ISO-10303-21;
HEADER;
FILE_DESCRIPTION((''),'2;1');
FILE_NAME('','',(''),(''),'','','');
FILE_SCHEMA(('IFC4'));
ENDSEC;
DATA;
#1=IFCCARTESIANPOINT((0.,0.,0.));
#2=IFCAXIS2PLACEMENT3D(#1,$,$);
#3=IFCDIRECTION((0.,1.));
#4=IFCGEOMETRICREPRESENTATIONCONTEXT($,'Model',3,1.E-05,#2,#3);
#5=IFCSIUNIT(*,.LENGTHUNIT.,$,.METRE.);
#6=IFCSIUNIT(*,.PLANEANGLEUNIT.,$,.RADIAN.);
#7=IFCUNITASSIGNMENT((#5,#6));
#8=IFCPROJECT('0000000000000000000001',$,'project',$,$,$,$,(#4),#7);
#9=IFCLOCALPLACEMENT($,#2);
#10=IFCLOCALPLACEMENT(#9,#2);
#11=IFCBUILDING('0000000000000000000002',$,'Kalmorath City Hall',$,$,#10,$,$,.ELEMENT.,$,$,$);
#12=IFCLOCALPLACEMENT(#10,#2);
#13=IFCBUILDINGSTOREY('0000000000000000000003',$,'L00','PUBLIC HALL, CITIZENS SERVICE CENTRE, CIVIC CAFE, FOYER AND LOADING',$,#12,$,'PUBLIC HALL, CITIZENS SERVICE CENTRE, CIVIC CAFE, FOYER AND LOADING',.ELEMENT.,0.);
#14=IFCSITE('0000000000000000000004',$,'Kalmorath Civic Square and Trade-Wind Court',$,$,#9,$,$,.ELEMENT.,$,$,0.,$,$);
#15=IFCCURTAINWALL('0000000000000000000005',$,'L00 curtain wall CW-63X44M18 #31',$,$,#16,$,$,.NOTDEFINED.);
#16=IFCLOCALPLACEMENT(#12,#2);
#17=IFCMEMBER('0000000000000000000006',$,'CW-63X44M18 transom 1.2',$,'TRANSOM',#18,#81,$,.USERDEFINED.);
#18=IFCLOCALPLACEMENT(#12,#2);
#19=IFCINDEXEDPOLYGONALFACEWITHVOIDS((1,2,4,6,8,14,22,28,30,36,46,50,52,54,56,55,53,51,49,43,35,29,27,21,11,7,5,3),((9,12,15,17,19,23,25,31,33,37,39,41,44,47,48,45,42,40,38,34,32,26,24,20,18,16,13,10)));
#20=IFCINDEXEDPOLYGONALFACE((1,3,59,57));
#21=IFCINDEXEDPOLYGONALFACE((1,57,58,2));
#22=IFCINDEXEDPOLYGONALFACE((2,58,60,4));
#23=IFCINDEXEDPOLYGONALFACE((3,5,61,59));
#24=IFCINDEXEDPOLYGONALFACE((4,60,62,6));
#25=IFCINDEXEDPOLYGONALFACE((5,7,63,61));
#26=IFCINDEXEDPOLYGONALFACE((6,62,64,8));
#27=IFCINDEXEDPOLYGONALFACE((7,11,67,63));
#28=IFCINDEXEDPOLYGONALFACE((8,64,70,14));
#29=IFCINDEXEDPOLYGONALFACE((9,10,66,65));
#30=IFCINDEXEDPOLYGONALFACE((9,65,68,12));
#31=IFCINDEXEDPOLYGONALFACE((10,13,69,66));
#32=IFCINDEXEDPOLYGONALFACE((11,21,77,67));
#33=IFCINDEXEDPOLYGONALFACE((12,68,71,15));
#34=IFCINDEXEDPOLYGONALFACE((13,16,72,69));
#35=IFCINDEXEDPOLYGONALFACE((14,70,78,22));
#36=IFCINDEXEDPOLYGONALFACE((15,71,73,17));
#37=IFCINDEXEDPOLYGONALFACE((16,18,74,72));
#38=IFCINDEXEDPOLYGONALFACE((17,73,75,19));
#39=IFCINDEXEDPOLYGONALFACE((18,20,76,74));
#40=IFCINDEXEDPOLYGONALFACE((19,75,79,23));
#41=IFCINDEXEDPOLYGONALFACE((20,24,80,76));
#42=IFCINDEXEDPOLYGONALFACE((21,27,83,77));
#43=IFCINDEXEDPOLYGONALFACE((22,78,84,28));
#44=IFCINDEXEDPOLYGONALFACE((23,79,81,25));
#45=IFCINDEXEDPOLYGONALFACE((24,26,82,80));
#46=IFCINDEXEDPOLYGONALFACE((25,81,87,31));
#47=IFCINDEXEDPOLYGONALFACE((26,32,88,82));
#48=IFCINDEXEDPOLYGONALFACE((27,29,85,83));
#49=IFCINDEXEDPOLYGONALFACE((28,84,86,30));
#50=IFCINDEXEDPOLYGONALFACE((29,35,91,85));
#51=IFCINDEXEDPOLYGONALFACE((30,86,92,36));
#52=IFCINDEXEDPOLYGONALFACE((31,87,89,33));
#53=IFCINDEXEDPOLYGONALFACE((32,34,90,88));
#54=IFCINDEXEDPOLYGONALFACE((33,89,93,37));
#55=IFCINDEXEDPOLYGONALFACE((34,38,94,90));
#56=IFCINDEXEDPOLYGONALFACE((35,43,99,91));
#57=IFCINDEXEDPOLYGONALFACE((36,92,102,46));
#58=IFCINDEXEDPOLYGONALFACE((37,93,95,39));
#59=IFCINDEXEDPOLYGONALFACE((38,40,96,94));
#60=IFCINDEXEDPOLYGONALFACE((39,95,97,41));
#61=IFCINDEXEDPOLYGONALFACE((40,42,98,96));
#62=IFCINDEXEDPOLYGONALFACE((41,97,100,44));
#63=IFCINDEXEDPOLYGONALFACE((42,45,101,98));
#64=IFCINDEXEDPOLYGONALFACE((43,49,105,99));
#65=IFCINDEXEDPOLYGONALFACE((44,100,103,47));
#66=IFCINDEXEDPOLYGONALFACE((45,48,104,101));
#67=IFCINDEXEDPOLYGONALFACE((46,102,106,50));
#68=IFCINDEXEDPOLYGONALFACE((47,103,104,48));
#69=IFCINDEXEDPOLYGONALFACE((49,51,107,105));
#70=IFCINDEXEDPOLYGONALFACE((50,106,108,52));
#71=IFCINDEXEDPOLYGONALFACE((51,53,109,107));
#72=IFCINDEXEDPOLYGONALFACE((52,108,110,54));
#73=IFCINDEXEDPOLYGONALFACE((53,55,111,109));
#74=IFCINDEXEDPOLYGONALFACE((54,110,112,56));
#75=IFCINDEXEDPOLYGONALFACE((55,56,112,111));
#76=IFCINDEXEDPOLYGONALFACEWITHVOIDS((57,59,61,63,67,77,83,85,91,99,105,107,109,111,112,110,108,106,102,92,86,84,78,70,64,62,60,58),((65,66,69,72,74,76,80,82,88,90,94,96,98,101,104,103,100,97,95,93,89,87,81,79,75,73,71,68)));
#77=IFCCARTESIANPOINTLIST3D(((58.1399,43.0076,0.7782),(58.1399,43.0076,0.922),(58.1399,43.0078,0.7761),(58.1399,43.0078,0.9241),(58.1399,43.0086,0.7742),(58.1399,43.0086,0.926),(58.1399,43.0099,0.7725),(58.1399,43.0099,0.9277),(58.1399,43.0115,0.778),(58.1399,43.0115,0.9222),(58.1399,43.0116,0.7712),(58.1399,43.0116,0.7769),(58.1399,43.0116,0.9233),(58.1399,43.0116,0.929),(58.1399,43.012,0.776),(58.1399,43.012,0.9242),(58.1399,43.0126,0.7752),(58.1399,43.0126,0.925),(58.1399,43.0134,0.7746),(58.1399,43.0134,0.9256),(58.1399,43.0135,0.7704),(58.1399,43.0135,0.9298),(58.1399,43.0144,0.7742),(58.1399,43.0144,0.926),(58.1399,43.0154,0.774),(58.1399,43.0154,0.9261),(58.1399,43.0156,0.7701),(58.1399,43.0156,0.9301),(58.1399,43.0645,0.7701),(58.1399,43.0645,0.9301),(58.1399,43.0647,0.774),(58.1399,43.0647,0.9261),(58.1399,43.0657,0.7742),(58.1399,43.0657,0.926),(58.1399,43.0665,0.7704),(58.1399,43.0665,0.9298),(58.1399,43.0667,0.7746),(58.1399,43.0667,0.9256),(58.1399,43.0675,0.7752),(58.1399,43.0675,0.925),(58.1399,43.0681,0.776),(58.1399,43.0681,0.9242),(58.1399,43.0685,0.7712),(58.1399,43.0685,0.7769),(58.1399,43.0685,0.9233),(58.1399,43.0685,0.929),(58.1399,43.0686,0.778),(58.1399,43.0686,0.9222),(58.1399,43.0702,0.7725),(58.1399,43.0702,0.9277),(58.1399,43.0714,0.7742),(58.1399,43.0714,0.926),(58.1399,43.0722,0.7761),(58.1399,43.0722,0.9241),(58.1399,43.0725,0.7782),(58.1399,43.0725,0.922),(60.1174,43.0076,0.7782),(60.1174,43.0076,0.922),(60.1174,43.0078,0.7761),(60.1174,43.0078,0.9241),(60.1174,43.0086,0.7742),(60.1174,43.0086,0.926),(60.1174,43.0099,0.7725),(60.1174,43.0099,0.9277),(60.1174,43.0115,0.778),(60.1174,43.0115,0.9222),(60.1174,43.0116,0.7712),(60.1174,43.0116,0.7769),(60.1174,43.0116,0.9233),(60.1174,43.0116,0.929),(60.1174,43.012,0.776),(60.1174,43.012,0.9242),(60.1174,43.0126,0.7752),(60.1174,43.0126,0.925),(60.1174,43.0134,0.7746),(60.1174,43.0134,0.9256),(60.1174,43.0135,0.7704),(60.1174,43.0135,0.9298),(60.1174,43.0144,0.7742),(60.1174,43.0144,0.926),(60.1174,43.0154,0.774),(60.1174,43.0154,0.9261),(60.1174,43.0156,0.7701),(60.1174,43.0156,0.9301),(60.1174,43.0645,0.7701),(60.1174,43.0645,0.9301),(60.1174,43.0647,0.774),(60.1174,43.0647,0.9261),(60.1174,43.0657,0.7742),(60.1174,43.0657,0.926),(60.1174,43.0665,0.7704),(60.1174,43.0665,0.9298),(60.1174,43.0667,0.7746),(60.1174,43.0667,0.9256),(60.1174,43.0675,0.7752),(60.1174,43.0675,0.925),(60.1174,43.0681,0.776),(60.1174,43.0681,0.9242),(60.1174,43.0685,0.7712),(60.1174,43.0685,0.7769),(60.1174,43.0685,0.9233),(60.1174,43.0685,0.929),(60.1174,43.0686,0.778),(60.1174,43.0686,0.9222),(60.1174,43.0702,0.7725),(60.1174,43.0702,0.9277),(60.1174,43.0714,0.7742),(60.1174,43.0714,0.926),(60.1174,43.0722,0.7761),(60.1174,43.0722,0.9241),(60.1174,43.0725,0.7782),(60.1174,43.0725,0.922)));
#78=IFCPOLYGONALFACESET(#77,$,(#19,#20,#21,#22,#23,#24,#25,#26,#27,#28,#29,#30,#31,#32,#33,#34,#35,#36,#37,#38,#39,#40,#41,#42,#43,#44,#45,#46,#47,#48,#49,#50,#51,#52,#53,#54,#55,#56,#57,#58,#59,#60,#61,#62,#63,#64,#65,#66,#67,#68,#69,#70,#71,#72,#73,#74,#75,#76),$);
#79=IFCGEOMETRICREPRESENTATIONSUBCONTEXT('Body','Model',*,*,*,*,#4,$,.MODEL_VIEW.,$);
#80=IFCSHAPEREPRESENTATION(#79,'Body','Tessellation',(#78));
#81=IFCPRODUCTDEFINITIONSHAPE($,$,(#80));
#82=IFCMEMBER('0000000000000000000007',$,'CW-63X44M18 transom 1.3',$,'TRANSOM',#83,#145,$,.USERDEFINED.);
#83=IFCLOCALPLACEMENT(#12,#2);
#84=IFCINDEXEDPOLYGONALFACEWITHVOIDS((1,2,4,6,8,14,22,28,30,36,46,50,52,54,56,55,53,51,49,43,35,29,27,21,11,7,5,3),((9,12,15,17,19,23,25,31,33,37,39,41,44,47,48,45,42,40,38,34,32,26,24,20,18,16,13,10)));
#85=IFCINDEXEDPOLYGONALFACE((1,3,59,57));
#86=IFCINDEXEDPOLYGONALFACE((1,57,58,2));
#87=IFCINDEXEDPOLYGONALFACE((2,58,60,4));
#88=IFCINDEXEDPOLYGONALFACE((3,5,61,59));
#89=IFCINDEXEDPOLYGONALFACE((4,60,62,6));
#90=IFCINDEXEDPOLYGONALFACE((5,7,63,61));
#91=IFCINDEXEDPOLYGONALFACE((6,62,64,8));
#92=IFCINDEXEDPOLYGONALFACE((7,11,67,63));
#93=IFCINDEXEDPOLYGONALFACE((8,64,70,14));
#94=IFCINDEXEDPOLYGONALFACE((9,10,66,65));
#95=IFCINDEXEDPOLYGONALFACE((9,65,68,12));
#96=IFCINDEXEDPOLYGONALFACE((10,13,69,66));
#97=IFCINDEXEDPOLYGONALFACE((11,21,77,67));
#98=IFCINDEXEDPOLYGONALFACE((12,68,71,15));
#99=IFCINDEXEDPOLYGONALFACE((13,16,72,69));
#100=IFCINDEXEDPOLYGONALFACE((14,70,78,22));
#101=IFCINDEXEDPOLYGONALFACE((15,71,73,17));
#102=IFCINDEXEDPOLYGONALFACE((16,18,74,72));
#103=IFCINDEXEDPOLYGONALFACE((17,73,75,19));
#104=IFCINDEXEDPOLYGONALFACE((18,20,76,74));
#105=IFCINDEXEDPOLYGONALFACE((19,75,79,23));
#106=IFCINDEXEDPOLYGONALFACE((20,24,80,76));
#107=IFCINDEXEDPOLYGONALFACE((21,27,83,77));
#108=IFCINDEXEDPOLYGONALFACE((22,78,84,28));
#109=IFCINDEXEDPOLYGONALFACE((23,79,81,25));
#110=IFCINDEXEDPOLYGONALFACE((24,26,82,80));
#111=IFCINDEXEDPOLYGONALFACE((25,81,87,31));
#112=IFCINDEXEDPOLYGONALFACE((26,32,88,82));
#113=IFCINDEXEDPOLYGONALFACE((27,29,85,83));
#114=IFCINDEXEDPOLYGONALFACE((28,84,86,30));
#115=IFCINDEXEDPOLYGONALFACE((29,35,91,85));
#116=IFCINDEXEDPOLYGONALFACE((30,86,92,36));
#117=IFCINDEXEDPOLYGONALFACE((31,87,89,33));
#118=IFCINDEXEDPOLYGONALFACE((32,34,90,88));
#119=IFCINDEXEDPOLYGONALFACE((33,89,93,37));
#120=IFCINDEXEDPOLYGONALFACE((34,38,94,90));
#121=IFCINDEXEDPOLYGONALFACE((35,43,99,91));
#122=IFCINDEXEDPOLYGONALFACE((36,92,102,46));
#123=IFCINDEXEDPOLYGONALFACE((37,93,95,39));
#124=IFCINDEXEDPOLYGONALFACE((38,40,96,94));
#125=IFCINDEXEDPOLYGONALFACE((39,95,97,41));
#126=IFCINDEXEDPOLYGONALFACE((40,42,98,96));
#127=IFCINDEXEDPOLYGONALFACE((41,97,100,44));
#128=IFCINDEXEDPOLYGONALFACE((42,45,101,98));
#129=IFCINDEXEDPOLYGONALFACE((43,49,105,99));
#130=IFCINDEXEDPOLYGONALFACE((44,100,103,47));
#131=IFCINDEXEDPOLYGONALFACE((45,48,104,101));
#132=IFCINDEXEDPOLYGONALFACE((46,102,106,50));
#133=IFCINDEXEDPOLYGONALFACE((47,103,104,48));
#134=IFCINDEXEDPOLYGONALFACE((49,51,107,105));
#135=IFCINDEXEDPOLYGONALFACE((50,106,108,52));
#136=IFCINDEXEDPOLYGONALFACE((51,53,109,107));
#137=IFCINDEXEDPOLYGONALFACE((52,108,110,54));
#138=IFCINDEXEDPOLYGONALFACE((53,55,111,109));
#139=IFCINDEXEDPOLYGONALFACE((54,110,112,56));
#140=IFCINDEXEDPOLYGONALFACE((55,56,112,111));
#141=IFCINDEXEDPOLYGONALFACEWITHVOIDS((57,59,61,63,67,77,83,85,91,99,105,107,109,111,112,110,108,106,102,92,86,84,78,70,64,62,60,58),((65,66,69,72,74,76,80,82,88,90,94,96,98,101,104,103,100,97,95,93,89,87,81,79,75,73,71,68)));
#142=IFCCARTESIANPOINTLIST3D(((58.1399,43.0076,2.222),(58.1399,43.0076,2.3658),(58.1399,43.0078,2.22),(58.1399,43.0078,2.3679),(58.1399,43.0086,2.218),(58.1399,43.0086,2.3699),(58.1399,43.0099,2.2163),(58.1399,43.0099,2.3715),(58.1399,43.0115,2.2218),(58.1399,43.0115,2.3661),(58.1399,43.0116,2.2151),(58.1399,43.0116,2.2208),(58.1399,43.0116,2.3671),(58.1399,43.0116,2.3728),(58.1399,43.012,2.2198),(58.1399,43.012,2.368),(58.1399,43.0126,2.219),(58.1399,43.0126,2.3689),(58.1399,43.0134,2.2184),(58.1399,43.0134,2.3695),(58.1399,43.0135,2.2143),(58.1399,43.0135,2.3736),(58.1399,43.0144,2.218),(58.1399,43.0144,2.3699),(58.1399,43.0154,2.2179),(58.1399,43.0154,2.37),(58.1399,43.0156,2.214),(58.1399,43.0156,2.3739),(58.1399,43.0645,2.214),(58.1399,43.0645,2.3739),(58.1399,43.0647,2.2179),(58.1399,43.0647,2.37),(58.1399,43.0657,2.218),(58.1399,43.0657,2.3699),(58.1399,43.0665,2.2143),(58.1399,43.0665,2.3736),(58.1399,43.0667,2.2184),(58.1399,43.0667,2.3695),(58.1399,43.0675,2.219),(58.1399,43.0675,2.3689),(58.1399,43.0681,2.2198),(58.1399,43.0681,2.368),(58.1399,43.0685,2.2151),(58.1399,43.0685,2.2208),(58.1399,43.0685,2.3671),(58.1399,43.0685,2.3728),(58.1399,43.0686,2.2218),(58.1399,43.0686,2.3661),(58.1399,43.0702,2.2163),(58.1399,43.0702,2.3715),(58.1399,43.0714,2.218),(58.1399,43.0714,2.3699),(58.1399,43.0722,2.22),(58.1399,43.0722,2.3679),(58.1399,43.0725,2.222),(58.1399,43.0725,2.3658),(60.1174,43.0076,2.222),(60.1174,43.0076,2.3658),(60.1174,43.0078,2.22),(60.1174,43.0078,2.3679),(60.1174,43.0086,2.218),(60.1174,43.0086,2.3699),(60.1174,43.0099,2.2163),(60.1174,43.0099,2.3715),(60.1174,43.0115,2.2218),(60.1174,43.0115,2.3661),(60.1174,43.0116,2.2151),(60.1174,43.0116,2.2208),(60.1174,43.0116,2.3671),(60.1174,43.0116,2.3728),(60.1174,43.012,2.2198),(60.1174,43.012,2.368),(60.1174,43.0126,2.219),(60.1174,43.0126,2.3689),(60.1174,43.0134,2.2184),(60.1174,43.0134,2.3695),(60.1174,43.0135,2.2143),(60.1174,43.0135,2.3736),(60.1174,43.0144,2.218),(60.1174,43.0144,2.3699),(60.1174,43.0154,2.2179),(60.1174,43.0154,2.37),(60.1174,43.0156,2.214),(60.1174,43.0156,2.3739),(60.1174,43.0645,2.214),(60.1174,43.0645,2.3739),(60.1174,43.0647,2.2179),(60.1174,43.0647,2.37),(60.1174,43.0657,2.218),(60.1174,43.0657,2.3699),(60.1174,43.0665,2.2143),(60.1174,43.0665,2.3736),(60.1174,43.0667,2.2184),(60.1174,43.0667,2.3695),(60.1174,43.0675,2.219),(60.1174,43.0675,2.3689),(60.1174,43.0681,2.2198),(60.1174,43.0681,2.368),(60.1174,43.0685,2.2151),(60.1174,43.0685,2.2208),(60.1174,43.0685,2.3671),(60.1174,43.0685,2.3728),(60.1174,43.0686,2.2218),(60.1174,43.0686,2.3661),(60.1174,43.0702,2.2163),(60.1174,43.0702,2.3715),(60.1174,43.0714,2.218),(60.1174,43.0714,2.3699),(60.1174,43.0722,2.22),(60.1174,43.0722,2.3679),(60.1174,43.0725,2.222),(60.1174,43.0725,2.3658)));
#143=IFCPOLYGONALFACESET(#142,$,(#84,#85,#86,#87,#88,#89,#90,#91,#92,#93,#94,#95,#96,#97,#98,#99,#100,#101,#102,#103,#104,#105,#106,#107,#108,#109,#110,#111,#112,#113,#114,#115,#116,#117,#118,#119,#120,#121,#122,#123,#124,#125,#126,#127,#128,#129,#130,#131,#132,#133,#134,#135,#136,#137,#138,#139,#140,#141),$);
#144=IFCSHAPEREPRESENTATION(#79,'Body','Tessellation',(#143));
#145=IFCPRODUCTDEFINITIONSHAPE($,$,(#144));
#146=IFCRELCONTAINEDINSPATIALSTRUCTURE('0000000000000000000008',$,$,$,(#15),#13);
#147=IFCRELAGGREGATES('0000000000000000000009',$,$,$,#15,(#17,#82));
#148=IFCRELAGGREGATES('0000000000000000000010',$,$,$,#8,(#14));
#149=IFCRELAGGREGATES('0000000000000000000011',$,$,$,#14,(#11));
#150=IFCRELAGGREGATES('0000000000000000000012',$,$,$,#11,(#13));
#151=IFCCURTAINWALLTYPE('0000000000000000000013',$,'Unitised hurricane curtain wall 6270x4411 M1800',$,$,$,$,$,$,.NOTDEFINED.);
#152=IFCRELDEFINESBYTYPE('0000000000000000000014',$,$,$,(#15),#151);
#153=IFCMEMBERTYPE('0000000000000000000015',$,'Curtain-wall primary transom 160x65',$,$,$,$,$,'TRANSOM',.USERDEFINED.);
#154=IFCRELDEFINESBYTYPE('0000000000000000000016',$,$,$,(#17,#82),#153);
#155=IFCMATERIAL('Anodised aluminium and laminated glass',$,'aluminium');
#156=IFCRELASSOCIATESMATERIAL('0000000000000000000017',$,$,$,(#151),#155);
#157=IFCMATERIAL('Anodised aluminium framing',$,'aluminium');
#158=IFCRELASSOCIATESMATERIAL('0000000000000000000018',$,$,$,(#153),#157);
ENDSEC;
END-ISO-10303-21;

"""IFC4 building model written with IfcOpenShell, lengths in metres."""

from ifc_helpers import new_model, si_unit, direction, frame, origin, origin_2d, place, context, subcontext, project, spatial, hollow_rectangle, extrude, material, material_profile, profile_set, type_object, element, aggregate, save


model = new_model("IFC4")

# Units and contexts
model_context = context("Model", 3, precision=1e-05, world=origin(), true_north=direction((0.0, 1.0)))
body_context = subcontext(model_context, "Body", "Model", "MODEL_VIEW")
ifc_project = project(units=[si_unit("LENGTHUNIT", "METRE"), si_unit("PLANEANGLEUNIT", "RADIAN")], contexts=[model_context])

# Site, building, storey
site_placement = place(None, origin())
site = spatial("IfcSite", under=ifc_project, at=site_placement, Name="Kalmorath Civic Square and Trade-Wind Court", CompositionType="ELEMENT", RefElevation=0.0)
building_placement = place(site_placement, origin())
building = spatial("IfcBuilding", under=site, at=building_placement, Name="Kalmorath City Hall", CompositionType="ELEMENT")
storey_placement = place(building_placement, origin())
storey = spatial("IfcBuildingStorey", under=building, at=storey_placement, Name="L00", Description="PUBLIC HALL, CITIZENS SERVICE CENTRE, CIVIC CAFE, FOYER AND LOADING", LongName="PUBLIC HALL, CITIZENS SERVICE CENTRE, CIVIC CAFE, FOYER AND LOADING", CompositionType="ELEMENT", Elevation=0.0)

# Curtain wall, members
ifc_material_1 = material(Name="Anodised aluminium and laminated glass", Category="aluminium")
curtain_wall_type_1 = type_object("IfcCurtainWallType", Name="Unitised hurricane curtain wall 6270x4411 M1800", PredefinedType="NOTDEFINED", material=ifc_material_1)
curtain_wall_1_placement = place(storey_placement, origin())
curtain_wall_1 = element("IfcCurtainWall", 1, at=curtain_wall_1_placement, inside=storey, type_object=curtain_wall_type_1, Name="L00 curtain wall CW-63X44M18 #31", PredefinedType="NOTDEFINED")
ifc_material_2 = material(Name="Anodised aluminium framing", Category="aluminium")
ifc_material_profile_1 = material_profile(ifc_material_2, hollow_rectangle(XDim=0.0649, YDim=0.1599, WallThickness=0.0039, InnerFilletRadius=0.0039, OuterFilletRadius=0.0081, at=origin_2d()), Name="ALU-TRN-160X65X4")
ifc_profile_set_1 = profile_set([ifc_material_profile_1], Name="Anodised aluminium framing")
member_type_1 = type_object("IfcMemberType", Name="Curtain-wall primary transom 160x65", ElementType="TRANSOM", PredefinedType="USERDEFINED", material=ifc_profile_set_1)
member_1_placement = place(storey_placement, frame((58.1399, 43.04, 0.8501), z_axis=(1.0, 0.0, 0.0), x_axis=(0.0, 1.0, 0.0)))
member_1 = element("IfcMember", 2, at=member_1_placement, type_object=member_type_1, Name="CW-63X44M18 transom 1.2", ObjectType="TRANSOM", PredefinedType="USERDEFINED", context=body_context, shape_type="SweptSolid", body=[
    extrude(hollow_rectangle(XDim=0.0649, YDim=0.1599, WallThickness=0.0039, InnerFilletRadius=0.0039, OuterFilletRadius=0.0081, at=origin_2d()), origin(), (0.0, 0.0, 1.0), 1.9775),
])
member_2_placement = place(storey_placement, frame((58.1399, 43.04, 2.2939), z_axis=(1.0, 0.0, 0.0), x_axis=(0.0, 1.0, 0.0)))
member_2 = element("IfcMember", 3, at=member_2_placement, type_object=member_type_1, Name="CW-63X44M18 transom 1.3", ObjectType="TRANSOM", PredefinedType="USERDEFINED", context=body_context, shape_type="SweptSolid", body=[
    extrude(hollow_rectangle(XDim=0.0649, YDim=0.1599, WallThickness=0.0039, InnerFilletRadius=0.0039, OuterFilletRadius=0.0081, at=origin_2d()), origin(), (0.0, 0.0, 1.0), 1.9775),
])

aggregate(curtain_wall_1, [member_1, member_2])

save(model, "model.ifc")
